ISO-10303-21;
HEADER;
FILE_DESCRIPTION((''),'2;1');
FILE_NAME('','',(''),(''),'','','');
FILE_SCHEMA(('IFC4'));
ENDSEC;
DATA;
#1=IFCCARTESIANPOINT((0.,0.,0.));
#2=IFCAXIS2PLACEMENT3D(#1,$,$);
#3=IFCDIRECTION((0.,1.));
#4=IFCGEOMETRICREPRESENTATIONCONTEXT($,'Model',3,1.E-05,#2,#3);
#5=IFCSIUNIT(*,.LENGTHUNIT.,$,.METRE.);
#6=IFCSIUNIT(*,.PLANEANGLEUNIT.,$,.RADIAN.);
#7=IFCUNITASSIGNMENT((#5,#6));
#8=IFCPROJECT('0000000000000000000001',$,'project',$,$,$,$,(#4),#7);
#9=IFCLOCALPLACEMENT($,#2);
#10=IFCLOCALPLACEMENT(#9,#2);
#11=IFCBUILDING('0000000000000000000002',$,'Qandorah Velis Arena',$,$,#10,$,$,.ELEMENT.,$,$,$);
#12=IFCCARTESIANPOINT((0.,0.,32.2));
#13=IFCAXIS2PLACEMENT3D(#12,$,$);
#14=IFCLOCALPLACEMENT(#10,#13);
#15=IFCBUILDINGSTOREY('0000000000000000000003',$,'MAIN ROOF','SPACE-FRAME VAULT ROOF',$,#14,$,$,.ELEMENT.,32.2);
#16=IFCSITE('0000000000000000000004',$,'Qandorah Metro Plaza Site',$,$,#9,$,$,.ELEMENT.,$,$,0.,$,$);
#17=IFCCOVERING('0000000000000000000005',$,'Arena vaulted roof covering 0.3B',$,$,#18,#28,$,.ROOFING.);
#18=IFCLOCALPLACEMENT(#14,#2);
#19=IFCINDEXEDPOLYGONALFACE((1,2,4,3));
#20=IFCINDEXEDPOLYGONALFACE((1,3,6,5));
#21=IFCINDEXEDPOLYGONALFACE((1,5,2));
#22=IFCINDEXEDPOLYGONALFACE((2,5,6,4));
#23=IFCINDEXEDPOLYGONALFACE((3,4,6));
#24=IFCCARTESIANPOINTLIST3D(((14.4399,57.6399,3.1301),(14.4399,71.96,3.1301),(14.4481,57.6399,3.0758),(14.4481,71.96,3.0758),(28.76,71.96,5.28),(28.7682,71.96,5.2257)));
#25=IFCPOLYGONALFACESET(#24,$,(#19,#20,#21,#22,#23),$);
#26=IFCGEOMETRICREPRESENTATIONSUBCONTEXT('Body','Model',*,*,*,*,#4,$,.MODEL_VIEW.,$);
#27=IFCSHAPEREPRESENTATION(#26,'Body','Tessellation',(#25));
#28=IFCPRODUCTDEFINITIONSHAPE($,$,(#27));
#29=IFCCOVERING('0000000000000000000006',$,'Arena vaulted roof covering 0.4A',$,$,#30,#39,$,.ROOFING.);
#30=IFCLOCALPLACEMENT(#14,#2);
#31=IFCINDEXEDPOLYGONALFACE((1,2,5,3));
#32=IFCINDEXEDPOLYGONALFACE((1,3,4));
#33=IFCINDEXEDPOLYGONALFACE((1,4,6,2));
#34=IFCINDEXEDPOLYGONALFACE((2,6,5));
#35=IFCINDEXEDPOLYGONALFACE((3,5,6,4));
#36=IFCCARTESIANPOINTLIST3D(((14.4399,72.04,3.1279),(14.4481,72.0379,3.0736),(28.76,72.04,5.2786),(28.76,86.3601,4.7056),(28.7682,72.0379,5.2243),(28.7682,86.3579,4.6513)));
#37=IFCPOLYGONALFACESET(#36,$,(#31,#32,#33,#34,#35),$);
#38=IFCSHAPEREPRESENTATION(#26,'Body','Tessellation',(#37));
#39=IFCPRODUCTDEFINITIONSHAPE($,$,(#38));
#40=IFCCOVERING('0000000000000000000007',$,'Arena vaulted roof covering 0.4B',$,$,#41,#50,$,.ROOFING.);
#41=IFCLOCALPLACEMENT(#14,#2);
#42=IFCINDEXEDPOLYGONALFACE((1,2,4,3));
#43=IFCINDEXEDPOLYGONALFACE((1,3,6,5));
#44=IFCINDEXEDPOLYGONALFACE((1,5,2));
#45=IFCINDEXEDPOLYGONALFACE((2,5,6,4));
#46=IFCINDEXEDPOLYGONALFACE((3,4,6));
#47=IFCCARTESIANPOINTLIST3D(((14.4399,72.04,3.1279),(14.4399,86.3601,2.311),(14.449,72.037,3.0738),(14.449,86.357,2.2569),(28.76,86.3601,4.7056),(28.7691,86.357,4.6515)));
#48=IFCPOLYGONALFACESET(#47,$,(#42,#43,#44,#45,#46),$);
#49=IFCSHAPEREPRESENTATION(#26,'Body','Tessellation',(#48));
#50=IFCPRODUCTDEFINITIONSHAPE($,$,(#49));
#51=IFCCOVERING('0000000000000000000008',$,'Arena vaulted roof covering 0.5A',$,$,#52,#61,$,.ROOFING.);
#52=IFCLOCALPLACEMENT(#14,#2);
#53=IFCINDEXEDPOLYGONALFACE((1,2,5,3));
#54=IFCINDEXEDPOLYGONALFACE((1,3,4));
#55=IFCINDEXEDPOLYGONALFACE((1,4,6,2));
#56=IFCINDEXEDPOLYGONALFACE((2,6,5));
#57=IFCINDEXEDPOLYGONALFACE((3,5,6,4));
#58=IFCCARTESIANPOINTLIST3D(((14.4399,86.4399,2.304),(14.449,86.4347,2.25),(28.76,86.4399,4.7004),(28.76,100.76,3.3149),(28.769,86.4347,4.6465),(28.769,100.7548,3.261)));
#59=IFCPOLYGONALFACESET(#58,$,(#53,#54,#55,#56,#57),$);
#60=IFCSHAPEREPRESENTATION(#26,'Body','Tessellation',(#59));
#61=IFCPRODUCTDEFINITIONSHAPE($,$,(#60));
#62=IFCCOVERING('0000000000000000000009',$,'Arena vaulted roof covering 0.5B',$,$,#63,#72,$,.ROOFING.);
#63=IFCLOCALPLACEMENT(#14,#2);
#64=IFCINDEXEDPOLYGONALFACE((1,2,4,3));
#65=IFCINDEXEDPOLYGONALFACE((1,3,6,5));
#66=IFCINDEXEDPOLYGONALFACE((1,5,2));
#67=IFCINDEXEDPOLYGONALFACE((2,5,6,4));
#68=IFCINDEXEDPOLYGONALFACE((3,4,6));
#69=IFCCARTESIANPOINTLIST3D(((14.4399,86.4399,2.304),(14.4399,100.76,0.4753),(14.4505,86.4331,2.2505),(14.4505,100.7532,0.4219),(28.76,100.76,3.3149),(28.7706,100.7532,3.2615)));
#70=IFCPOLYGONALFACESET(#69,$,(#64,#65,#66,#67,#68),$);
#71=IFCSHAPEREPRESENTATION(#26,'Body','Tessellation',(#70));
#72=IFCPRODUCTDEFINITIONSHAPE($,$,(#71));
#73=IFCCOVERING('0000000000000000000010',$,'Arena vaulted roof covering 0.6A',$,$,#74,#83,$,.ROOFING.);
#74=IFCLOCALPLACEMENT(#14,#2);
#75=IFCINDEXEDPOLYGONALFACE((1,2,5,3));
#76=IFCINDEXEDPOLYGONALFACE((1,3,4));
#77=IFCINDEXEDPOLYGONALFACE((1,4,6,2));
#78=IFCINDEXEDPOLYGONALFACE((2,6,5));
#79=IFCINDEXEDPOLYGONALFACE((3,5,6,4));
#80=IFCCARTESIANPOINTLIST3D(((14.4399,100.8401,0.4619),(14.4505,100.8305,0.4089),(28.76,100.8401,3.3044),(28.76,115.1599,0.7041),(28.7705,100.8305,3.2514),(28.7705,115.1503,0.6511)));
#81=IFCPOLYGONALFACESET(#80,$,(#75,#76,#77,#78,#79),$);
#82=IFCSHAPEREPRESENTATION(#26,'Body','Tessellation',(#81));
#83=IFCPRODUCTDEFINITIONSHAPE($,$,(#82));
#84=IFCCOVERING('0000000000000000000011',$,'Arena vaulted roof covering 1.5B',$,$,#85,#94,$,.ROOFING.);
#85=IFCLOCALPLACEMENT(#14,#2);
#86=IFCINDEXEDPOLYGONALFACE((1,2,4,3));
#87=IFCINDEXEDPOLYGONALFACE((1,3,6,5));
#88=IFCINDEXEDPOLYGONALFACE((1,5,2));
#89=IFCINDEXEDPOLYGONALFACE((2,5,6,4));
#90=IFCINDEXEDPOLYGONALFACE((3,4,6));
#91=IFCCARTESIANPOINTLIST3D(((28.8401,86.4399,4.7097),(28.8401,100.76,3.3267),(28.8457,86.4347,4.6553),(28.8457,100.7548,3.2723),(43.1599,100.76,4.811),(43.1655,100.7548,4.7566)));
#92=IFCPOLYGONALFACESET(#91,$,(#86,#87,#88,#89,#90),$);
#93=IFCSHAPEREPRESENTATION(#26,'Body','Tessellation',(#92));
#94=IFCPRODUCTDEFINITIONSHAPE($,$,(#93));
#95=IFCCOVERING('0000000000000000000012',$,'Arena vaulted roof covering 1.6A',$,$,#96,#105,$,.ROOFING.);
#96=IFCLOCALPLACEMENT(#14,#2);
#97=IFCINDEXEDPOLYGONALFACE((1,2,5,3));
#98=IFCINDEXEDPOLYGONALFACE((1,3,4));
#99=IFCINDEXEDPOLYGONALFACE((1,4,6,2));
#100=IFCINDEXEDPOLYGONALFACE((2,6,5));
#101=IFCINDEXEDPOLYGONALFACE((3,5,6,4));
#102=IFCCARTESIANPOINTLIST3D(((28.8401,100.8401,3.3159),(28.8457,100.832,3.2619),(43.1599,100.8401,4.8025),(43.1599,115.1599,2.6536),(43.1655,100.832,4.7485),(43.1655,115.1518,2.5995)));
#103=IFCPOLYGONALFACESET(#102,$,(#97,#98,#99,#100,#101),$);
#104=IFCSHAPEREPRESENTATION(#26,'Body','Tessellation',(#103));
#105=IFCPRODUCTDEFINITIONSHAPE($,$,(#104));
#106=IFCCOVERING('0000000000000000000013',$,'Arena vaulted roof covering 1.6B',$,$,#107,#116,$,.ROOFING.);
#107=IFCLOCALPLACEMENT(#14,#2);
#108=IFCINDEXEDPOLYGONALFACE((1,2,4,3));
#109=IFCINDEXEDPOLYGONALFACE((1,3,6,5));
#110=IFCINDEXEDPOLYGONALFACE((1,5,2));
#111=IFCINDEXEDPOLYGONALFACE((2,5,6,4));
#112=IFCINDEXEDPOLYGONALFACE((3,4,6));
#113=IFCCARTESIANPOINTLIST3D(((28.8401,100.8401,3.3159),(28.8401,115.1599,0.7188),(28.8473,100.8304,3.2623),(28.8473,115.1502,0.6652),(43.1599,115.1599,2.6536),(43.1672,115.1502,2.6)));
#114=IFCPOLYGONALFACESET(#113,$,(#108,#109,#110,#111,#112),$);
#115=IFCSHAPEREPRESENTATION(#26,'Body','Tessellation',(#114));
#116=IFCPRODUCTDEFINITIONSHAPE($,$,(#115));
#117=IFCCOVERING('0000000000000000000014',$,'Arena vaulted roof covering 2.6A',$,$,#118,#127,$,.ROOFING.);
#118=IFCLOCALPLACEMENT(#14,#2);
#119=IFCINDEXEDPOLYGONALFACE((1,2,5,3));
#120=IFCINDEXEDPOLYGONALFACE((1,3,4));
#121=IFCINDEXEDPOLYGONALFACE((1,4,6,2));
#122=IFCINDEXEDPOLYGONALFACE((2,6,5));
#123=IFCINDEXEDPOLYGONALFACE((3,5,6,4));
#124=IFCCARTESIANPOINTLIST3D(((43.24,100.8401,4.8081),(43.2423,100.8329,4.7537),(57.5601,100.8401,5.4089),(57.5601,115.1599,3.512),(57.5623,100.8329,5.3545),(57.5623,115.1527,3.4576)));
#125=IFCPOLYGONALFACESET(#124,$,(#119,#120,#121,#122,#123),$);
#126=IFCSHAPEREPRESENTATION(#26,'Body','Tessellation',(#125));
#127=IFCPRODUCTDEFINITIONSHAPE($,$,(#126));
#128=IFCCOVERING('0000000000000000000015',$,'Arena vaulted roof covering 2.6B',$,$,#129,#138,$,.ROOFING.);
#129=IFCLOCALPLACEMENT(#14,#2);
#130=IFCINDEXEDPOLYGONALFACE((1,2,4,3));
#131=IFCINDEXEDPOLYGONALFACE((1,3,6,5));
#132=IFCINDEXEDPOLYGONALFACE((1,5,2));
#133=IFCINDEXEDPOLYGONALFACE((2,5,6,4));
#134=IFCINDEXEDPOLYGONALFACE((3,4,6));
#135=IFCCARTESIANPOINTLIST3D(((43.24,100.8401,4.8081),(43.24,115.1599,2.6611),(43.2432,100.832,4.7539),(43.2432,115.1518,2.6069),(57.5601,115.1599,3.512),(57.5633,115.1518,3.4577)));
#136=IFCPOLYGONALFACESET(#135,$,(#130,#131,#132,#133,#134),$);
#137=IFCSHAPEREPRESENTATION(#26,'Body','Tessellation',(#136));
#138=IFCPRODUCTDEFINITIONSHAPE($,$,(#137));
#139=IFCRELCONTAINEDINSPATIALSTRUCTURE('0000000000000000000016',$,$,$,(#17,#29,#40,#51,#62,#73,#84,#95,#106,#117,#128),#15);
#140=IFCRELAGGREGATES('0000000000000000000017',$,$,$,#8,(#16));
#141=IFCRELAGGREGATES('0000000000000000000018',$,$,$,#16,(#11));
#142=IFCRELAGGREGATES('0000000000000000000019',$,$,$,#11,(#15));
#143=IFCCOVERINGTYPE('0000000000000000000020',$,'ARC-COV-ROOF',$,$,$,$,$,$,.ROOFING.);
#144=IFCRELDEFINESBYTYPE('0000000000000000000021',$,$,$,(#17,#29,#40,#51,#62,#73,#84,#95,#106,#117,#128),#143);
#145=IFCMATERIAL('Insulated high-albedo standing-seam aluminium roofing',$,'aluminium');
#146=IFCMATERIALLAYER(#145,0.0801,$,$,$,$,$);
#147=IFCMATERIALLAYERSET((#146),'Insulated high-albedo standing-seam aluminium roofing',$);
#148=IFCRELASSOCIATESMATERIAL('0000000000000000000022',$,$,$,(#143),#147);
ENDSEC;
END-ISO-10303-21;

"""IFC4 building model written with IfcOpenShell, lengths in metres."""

from ifc_helpers import new_model, si_unit, direction, frame, origin, place, context, subcontext, project, spatial, polyline, outline, extrude, material, layer, layer_set, type_object, element, save


model = new_model("IFC4")

# Units and contexts
model_context = context("Model", 3, precision=1e-05, world=origin(), true_north=direction((0.0, 1.0)))
body_context = subcontext(model_context, "Body", "Model", "MODEL_VIEW")
ifc_project = project(units=[si_unit("LENGTHUNIT", "METRE"), si_unit("PLANEANGLEUNIT", "RADIAN")], contexts=[model_context])

# Site, building, storey
site_placement = place(None, origin())
site = spatial("IfcSite", under=ifc_project, at=site_placement, Name="Qandorah Metro Plaza Site", CompositionType="ELEMENT", RefElevation=0.0)
building_placement = place(site_placement, origin())
building = spatial("IfcBuilding", under=site, at=building_placement, Name="Qandorah Velis Arena", CompositionType="ELEMENT")
storey_placement = place(building_placement, frame((0.0, 0.0, 32.2)))
storey = spatial("IfcBuildingStorey", under=building, at=storey_placement, Name="MAIN ROOF", Description="SPACE-FRAME VAULT ROOF", CompositionType="ELEMENT", Elevation=32.2)

# Coverings
ifc_material_1 = material(Name="Insulated high-albedo standing-seam aluminium roofing", Category="aluminium")
ifc_layer_1 = layer(ifc_material_1, 0.0801)
ifc_layer_set_1 = layer_set([ifc_layer_1], Name="Insulated high-albedo standing-seam aluminium roofing")
covering_type = type_object("IfcCoveringType", Name="ARC-COV-ROOF", PredefinedType="ROOFING", material=ifc_layer_set_1)
covering_1_placement = place(storey_placement, frame((14.4399, 57.6399, 3.1301), z_axis=(-0.148468, 0.0, 0.988917), x_axis=(0.703156, 0.703156, 0.105566)))
element("IfcCovering", 1, at=covering_1_placement, inside=storey, type_object=covering_type, Name="Arena vaulted roof covering 0.3B", PredefinedType="ROOFING", context=body_context, shape_type="SweptSolid", body=[
    extrude(outline(polyline([(0.0, 0.0), (20.3654, 0.0), (10.0692, 10.1821), (0.0, 0.0)])), origin(), (0.0, 0.0, -1.0), 0.0549),
])
covering_2_placement = place(storey_placement, frame((14.4399, 72.04, 3.1279), z_axis=(-0.148402, 0.039539, 0.988136), x_axis=(0.98891, 0.0, 0.148518)))
element("IfcCovering", 2, at=covering_2_placement, inside=storey, type_object=covering_type, Name="Arena vaulted roof covering 0.4A", PredefinedType="ROOFING", context=body_context, shape_type="SweptSolid", body=[
    extrude(outline(polyline([(0.0, 0.0), (14.4807, 0.0), (14.3956, 14.3313), (0.0, 0.0)])), origin(), (0.0, 0.0, -1.0), 0.0549),
])
covering_3_placement = place(storey_placement, frame((14.4399, 72.04, 3.1279), z_axis=(-0.164665, 0.056175, 0.984749), x_axis=(0.704971, 0.704971, 0.077666)))
element("IfcCovering", 3, at=covering_3_placement, inside=storey, type_object=covering_type, Name="Arena vaulted roof covering 0.4B", PredefinedType="ROOFING", context=body_context, shape_type="SweptSolid", body=[
    extrude(outline(polyline([(0.0, 0.0), (20.313, 0.0), (10.0318, 10.2516), (0.0, 0.0)])), origin(), (0.0, 0.0, -1.0), 0.0549),
])
covering_4_placement = place(storey_placement, frame((14.4399, 86.4399, 2.304), z_axis=(-0.16431, 0.094994, 0.981824), x_axis=(0.986284, 0.0, 0.165056)))
element("IfcCovering", 4, at=covering_4_placement, inside=storey, type_object=covering_type, Name="Arena vaulted roof covering 0.5A", PredefinedType="ROOFING", context=body_context, shape_type="SweptSolid", body=[
    extrude(outline(polyline([(0.0, 0.0), (14.5192, 0.0), (14.2905, 14.3851), (0.0, 0.0)])), origin(), (0.0, 0.0, -1.0), 0.0549),
])
covering_5_placement = place(storey_placement, frame((14.4399, 86.4399, 2.304), z_axis=(-0.193, 0.124286, 0.973296), x_axis=(0.706227, 0.706227, 0.049859)))
element("IfcCovering", 5, at=covering_5_placement, inside=storey, type_object=covering_type, Name="Arena vaulted roof covering 0.5B", PredefinedType="ROOFING", context=body_context, shape_type="SweptSolid", body=[
    extrude(outline(polyline([(0.0, 0.0), (20.2769, 0.0), (10.0221, 10.3907), (0.0, 0.0)])), origin(), (0.0, 0.0, -1.0), 0.0549),
])
covering_6_placement = place(storey_placement, frame((14.4399, 100.8401, 0.4619), z_axis=(-0.191684, 0.175355, 0.965664), x_axis=(0.980863, 0.0, 0.194701)))
element("IfcCovering", 6, at=covering_6_placement, inside=storey, type_object=covering_type, Name="Arena vaulted roof covering 0.6A", PredefinedType="ROOFING", context=body_context, shape_type="SweptSolid", body=[
    extrude(outline(polyline([(0.0, 0.0), (14.5995, 0.0), (14.0932, 14.5452), (0.0, 0.0)])), origin(), (0.0, 0.0, -1.0), 0.0549),
])
covering_7_placement = place(storey_placement, frame((28.8401, 86.4399, 4.7097), z_axis=(-0.102634, 0.095627, 0.990112), x_axis=(0.707092, 0.707104, 0.005003)))
element("IfcCovering", 7, at=covering_7_placement, inside=storey, type_object=covering_type, Name="Arena vaulted roof covering 1.5B", PredefinedType="ROOFING", context=body_context, shape_type="SweptSolid", body=[
    extrude(outline(polyline([(0.0, 0.0), (20.2517, 0.0), (10.1189, 10.2267), (0.0, 0.0)])), origin(), (0.0, 0.0, -1.0), 0.0549),
])
covering_8_placement = place(storey_placement, frame((28.8401, 100.8401, 3.3159), z_axis=(-0.102126, 0.147629, 0.983756), x_axis=(0.994655, 0.0, 0.103257)))
element("IfcCovering", 8, at=covering_8_placement, inside=storey, type_object=covering_type, Name="Arena vaulted roof covering 1.6A", PredefinedType="ROOFING", context=body_context, shape_type="SweptSolid", body=[
    extrude(outline(polyline([(0.0, 0.0), (14.3968, 0.0), (14.1749, 14.4785), (0.0, 0.0)])), origin(), (0.0, 0.0, -1.0), 0.0549),
])
covering_9_placement = place(storey_placement, frame((28.8401, 100.8401, 3.3159), z_axis=(-0.131786, 0.176901, 0.975366), x_axis=(0.706729, 0.706729, -0.032689)))
element("IfcCovering", 9, at=covering_9_placement, inside=storey, type_object=covering_type, Name="Arena vaulted roof covering 1.6B", PredefinedType="ROOFING", context=body_context, shape_type="SweptSolid", body=[
    extrude(outline(polyline([(0.0, 0.0), (20.2621, 0.0), (10.2051, 10.3758), (0.0, 0.0)])), origin(), (0.0, 0.0, -1.0), 0.0549),
])
covering_10_placement = place(storey_placement, frame((43.24, 100.8401, 4.8081), z_axis=(-0.041558, 0.131211, 0.990483), x_axis=(0.999121, 0.0, 0.04192)))
element("IfcCovering", 10, at=covering_10_placement, inside=storey, type_object=covering_type, Name="Arena vaulted roof covering 2.6A", PredefinedType="ROOFING", context=body_context, shape_type="SweptSolid", body=[
    extrude(outline(polyline([(0.0, 0.0), (14.3327, 0.0), (14.2531, 14.4447), (0.0, 0.0)])), origin(), (0.0, 0.0, -1.0), 0.0549),
])
covering_11_placement = place(storey_placement, frame((43.24, 100.8401, 4.8081), z_axis=(-0.058657, 0.148018, 0.987244), x_axis=(0.705669, 0.705657, -0.063872)))
element("IfcCovering", 11, at=covering_11_placement, inside=storey, type_object=covering_type, Name="Arena vaulted roof covering 2.6B", PredefinedType="ROOFING", context=body_context, shape_type="SweptSolid", body=[
    extrude(outline(polyline([(0.0, 0.0), (20.2929, 0.0), (10.242, 10.2356), (0.0, 0.0)])), origin(), (0.0, 0.0, -1.0), 0.0549),
])

save(model, "model.ifc")
